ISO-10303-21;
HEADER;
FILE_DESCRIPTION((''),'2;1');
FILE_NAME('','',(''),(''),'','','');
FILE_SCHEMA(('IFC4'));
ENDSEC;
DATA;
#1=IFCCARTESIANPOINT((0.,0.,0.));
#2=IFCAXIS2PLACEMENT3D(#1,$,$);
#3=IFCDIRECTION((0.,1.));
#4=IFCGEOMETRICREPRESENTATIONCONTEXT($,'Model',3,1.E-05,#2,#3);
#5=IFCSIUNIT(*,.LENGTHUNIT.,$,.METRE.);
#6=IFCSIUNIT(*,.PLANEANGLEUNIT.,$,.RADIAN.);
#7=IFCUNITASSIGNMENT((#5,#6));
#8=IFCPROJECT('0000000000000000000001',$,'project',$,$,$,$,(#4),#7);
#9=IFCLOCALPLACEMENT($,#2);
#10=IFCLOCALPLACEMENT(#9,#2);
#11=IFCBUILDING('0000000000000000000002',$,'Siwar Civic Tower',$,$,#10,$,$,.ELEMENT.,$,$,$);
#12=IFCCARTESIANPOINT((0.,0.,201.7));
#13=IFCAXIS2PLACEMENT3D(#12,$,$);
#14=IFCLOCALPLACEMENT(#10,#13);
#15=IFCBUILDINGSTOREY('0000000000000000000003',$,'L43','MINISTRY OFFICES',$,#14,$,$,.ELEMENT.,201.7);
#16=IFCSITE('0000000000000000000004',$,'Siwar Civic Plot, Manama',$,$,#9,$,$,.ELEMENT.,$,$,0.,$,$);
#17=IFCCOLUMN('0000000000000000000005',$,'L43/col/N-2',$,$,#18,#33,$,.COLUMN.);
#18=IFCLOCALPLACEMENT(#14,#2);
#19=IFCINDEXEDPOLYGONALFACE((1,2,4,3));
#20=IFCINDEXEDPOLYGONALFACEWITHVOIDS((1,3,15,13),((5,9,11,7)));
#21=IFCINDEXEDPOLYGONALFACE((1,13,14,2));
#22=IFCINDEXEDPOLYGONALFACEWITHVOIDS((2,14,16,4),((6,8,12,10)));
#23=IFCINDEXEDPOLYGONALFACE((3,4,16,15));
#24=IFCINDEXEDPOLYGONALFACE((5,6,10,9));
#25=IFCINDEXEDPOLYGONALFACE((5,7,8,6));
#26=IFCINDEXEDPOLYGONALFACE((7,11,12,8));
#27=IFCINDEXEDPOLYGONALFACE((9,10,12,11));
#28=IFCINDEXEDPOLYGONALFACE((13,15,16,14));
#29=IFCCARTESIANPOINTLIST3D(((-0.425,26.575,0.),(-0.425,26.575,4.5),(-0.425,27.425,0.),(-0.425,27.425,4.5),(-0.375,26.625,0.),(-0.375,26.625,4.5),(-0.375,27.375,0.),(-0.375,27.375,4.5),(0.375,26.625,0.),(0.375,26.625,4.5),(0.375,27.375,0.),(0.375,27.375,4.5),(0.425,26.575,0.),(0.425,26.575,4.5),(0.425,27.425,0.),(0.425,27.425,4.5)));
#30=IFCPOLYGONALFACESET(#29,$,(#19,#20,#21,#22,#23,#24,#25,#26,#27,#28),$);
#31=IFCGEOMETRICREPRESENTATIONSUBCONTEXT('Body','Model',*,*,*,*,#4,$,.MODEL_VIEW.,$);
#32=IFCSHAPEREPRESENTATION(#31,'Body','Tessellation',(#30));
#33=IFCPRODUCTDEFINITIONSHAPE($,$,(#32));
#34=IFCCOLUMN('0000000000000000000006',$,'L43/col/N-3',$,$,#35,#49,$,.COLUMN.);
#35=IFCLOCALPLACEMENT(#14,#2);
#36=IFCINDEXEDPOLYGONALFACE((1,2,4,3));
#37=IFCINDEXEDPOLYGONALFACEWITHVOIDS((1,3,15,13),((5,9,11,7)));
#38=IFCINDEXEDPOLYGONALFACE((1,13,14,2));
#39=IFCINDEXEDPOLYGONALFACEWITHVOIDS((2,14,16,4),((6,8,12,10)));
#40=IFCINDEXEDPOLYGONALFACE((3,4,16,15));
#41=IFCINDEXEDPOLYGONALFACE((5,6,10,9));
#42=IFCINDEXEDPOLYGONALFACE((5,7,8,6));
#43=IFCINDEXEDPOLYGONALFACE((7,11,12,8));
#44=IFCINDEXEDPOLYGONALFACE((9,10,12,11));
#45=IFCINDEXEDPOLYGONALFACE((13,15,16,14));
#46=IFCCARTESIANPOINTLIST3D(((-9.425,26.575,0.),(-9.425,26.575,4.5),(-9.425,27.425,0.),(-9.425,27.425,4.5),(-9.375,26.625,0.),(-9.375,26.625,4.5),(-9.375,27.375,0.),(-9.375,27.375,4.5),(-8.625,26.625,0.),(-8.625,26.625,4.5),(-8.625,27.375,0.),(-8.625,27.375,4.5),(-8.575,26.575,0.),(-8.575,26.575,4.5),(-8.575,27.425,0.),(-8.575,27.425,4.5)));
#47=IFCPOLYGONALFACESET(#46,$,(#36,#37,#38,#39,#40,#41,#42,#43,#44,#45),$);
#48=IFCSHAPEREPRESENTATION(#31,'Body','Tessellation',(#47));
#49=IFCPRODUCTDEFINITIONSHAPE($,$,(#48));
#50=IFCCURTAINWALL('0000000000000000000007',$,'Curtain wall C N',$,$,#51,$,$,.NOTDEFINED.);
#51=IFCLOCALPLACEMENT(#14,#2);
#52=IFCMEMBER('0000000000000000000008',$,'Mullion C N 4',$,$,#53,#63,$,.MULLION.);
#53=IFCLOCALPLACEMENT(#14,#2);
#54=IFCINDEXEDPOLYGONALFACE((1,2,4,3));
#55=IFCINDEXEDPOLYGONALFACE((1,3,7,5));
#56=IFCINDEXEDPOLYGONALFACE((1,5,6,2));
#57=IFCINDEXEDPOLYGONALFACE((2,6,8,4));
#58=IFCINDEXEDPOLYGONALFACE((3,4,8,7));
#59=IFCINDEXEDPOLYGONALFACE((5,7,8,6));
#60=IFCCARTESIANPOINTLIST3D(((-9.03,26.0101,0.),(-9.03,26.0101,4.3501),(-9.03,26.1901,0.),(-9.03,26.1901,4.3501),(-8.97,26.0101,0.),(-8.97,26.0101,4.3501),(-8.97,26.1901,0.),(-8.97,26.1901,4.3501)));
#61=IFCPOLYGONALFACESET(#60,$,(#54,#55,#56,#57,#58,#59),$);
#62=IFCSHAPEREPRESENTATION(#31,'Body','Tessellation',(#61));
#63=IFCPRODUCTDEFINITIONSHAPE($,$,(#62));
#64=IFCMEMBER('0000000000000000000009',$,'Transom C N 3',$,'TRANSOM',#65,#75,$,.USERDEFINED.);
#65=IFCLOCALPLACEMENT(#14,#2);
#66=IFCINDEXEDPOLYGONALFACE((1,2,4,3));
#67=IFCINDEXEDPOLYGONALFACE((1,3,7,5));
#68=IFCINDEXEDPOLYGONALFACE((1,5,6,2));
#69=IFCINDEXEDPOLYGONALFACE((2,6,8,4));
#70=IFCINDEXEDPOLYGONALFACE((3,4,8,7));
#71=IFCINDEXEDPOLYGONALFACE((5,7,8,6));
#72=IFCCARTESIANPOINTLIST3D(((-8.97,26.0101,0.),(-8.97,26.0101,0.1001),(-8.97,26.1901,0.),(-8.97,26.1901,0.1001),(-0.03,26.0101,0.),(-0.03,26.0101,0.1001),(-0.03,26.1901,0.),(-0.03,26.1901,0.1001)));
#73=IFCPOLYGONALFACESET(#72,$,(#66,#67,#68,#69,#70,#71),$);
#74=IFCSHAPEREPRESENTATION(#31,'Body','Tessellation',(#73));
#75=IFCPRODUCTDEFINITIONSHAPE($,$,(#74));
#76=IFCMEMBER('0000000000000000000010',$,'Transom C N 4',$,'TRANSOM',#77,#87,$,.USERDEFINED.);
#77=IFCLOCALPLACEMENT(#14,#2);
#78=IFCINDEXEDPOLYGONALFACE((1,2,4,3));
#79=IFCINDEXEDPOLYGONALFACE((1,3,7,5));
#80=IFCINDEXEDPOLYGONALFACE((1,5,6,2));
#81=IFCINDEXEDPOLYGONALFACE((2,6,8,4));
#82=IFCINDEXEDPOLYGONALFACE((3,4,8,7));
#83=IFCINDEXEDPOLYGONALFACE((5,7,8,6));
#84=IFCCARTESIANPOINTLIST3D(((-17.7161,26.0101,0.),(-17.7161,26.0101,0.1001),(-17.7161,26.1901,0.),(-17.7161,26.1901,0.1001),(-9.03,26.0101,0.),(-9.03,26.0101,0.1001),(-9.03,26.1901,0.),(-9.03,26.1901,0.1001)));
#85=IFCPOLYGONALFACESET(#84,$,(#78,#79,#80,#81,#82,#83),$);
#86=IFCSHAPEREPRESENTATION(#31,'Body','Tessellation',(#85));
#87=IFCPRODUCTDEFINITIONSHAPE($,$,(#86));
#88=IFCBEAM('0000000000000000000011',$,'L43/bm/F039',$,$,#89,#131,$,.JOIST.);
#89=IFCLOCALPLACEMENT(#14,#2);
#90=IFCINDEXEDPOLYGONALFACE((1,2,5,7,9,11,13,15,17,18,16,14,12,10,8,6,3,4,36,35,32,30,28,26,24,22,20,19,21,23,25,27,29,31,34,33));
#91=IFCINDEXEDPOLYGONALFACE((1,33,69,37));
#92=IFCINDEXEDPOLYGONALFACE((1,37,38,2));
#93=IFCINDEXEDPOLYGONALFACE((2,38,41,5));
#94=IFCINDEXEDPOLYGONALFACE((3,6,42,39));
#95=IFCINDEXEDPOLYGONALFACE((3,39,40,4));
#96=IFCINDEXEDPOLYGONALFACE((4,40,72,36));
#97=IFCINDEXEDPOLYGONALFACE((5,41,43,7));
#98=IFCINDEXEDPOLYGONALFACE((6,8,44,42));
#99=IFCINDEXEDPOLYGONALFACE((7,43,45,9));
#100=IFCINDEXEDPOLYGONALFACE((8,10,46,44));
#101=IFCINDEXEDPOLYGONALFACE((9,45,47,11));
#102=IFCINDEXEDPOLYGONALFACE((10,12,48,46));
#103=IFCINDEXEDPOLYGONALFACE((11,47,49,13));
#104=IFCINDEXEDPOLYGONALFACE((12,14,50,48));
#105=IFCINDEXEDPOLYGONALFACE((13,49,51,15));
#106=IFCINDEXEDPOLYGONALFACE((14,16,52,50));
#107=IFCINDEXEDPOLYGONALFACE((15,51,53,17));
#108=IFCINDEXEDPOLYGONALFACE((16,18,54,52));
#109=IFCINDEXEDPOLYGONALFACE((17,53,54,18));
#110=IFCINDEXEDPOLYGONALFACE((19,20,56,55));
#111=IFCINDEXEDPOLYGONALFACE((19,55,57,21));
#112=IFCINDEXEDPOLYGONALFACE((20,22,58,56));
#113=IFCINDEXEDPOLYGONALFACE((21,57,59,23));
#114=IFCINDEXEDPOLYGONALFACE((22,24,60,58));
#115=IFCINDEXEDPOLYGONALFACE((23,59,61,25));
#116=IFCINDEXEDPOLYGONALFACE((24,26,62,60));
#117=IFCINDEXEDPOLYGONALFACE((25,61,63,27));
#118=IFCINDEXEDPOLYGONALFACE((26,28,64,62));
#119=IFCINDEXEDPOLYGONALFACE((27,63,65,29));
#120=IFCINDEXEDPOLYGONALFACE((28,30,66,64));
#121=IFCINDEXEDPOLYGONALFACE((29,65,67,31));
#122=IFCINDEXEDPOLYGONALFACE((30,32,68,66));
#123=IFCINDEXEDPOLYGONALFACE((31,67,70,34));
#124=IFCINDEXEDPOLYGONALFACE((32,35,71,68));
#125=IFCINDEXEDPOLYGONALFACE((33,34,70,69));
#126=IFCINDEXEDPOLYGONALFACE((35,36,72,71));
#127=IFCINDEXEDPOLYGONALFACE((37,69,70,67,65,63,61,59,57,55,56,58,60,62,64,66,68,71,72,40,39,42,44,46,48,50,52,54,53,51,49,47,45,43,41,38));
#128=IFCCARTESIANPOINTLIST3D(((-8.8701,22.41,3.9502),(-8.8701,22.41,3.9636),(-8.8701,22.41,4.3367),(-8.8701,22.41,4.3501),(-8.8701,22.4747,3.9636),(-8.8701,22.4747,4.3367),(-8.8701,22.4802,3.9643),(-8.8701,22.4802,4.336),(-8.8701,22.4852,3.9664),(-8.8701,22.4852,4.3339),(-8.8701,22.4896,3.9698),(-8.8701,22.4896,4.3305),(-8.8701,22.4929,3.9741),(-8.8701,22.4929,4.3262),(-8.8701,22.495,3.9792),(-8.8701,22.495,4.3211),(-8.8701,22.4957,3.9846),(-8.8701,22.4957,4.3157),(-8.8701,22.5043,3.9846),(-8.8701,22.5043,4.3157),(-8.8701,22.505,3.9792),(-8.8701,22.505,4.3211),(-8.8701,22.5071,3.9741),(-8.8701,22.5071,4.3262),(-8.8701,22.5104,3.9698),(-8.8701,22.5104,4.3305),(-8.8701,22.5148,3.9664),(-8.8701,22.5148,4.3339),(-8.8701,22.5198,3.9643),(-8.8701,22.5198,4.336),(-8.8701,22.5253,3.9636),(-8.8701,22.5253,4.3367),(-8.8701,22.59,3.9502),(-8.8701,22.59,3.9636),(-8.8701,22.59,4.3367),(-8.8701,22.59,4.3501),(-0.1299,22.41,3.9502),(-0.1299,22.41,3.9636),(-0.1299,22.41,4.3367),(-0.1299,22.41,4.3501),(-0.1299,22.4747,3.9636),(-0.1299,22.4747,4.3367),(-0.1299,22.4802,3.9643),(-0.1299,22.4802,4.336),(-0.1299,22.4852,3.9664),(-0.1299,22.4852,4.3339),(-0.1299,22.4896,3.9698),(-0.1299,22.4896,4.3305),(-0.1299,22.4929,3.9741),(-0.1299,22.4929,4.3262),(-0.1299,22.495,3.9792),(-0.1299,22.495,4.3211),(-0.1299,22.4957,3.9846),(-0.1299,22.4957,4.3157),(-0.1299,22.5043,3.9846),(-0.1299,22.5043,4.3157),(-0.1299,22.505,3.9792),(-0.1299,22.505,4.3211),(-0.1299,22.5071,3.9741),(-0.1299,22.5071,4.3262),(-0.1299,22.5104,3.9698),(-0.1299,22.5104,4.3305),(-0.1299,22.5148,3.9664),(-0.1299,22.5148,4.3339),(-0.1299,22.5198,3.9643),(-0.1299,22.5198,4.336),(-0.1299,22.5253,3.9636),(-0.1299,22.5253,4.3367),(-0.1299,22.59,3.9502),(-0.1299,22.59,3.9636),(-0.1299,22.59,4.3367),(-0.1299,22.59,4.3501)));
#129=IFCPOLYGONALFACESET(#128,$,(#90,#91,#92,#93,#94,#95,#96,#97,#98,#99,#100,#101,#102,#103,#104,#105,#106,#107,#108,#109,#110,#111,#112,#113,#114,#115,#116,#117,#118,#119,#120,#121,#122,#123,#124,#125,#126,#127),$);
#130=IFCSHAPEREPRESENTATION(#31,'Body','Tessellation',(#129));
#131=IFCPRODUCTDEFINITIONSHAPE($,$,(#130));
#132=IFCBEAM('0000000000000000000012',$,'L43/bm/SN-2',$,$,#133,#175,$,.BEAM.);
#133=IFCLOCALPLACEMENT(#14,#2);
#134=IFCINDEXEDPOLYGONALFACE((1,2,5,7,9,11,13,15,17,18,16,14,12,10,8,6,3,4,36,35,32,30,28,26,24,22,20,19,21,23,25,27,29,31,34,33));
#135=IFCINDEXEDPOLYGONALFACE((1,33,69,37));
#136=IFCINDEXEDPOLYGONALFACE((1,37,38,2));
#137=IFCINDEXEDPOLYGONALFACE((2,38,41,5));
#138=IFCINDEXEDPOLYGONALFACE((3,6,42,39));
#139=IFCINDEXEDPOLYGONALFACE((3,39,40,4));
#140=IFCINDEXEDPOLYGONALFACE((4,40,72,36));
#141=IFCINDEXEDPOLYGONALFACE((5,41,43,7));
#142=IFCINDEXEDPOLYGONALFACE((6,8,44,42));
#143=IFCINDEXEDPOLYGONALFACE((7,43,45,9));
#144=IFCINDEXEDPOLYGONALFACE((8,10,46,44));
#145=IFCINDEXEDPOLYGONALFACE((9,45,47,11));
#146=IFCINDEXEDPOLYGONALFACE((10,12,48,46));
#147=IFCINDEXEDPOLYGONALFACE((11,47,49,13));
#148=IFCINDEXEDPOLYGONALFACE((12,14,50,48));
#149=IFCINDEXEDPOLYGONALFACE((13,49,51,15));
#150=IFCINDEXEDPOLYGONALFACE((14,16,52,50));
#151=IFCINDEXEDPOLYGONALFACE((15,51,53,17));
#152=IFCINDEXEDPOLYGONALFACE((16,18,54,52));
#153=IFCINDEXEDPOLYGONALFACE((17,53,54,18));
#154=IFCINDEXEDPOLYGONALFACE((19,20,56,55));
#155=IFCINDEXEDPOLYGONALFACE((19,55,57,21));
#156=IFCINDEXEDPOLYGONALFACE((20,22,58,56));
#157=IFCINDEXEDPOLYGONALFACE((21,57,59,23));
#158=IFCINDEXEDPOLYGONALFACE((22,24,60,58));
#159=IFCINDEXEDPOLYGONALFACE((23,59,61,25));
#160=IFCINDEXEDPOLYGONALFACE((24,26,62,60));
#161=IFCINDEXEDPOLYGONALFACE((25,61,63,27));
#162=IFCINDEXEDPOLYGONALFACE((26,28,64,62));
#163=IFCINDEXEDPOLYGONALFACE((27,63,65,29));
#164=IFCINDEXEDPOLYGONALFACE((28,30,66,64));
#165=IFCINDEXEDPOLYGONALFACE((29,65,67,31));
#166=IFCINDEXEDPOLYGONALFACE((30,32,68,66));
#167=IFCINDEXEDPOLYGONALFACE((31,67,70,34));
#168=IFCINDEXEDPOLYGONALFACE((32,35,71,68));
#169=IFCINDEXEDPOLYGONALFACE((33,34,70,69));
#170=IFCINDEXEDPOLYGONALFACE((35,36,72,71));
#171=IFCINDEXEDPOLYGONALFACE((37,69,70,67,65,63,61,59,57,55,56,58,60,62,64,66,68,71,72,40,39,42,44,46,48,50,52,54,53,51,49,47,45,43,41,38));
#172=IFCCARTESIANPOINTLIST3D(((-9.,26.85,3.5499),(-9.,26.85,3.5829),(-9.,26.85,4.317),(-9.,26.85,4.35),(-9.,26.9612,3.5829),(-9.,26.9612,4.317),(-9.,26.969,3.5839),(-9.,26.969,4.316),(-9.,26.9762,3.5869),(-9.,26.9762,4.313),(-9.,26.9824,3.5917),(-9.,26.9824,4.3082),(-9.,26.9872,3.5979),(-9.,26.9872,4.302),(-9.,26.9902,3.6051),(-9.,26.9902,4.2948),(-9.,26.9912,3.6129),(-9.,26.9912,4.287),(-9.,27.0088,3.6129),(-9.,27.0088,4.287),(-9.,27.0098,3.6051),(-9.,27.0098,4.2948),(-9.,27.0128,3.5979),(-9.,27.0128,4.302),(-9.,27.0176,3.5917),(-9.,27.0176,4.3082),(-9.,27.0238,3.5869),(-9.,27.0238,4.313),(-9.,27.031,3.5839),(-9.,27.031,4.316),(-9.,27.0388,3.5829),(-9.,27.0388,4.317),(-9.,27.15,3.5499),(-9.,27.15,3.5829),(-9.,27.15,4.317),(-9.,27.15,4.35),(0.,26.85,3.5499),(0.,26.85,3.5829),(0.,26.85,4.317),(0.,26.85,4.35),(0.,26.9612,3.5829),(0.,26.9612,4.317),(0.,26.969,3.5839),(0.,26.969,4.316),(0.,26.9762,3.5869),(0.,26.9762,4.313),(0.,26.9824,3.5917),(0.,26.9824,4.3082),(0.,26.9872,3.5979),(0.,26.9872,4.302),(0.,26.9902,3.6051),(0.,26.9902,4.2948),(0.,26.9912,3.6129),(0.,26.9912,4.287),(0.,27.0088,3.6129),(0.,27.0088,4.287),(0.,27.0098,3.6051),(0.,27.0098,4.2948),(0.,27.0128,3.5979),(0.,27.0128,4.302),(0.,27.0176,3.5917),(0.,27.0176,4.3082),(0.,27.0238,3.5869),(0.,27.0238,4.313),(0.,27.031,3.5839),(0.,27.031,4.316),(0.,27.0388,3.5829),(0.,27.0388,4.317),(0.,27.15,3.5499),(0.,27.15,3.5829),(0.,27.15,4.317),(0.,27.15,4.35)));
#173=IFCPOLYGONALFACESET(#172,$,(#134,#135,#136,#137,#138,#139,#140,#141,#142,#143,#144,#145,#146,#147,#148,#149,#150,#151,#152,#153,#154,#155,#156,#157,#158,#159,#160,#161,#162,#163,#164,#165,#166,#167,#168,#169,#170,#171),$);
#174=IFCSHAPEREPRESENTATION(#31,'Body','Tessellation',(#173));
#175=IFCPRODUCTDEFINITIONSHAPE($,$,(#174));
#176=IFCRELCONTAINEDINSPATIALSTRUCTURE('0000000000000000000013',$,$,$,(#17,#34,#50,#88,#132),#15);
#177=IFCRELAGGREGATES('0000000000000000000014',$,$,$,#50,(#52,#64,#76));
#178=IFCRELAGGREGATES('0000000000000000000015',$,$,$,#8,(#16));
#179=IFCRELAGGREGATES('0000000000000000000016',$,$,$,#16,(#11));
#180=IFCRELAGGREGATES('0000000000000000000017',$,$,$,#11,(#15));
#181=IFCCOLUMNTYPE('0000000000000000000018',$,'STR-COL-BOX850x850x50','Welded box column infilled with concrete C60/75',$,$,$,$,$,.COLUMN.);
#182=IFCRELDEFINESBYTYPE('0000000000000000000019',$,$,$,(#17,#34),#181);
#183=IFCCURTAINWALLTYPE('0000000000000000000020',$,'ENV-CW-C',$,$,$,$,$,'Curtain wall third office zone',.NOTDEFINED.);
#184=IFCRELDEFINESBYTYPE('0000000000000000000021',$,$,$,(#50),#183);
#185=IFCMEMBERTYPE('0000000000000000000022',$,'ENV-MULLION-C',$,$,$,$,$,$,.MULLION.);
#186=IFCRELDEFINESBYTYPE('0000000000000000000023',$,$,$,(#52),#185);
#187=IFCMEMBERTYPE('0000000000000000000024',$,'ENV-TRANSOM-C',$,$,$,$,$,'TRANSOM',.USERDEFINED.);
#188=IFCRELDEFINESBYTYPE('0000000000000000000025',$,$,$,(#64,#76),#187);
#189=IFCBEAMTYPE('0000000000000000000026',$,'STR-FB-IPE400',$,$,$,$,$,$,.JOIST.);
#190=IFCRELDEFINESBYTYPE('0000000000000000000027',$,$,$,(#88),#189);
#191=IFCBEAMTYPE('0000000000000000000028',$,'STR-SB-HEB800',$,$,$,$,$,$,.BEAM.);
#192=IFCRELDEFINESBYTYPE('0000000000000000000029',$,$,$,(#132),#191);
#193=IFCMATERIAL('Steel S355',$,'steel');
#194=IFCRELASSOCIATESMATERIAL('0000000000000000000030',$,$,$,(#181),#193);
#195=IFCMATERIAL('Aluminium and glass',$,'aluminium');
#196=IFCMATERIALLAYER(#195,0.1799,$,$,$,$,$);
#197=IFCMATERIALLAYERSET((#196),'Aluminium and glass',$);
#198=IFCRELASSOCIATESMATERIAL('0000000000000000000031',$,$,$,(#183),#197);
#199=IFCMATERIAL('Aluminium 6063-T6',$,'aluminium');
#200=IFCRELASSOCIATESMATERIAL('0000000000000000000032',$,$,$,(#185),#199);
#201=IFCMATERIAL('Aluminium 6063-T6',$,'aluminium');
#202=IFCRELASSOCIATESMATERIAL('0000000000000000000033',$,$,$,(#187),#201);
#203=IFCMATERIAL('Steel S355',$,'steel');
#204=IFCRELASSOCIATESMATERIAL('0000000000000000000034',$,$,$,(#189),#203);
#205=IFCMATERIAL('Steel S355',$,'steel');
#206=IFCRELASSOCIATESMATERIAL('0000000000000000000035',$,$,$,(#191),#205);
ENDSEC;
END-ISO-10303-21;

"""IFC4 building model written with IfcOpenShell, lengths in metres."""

from ifc_helpers import new_model, si_unit, direction, frame, origin, origin_2d, place, context, subcontext, project, spatial, rectangle, hollow_rectangle, i_section, extrude, material, layer, layer_set, material_profile, profile_set, type_object, element, aggregate, save


model = new_model("IFC4")

# Units and contexts
model_context = context("Model", 3, precision=1e-05, world=origin(), true_north=direction((0.0, 1.0)))
body_context = subcontext(model_context, "Body", "Model", "MODEL_VIEW")
ifc_project = project(units=[si_unit("LENGTHUNIT", "METRE"), si_unit("PLANEANGLEUNIT", "RADIAN")], contexts=[model_context])

# Site, building, storey
site_placement = place(None, origin())
site = spatial("IfcSite", under=ifc_project, at=site_placement, Name="Siwar Civic Plot, Manama", CompositionType="ELEMENT", RefElevation=0.0)
building_placement = place(site_placement, origin())
building = spatial("IfcBuilding", under=site, at=building_placement, Name="Siwar Civic Tower", CompositionType="ELEMENT")
storey_placement = place(building_placement, frame((0.0, 0.0, 201.7)))
storey = spatial("IfcBuildingStorey", under=building, at=storey_placement, Name="L43", Description="MINISTRY OFFICES", CompositionType="ELEMENT", Elevation=201.7)

# Columns
ifc_material_1 = material(Name="Steel S355", Category="steel")
ifc_material_profile_1 = material_profile(ifc_material_1, hollow_rectangle(XDim=0.8501, YDim=0.8501, WallThickness=0.05, at=origin_2d()), Name="BOX850x850x50")
ifc_profile_set_1 = profile_set([ifc_material_profile_1], Name="Steel S355")
column_type = type_object("IfcColumnType", Name="STR-COL-BOX850x850x50", Description="Welded box column infilled with concrete C60/75", PredefinedType="COLUMN", material=ifc_profile_set_1)
for number, where, z_axis, x_axis, name in (
    (1, (0.0, 27.0, 0.0), (0.0, 0.0, 1.0), (1.0, 0.0, 0.0), "L43/col/N-2"),
    (2, (-9.0, 27.0, 0.0), (0.0, 0.0, 1.0), (1.0, 0.0, 0.0), "L43/col/N-3"),
):
    element("IfcColumn", number, at=place(storey_placement, frame(where, z_axis=z_axis, x_axis=x_axis)), inside=storey, type_object=column_type, Name=name, PredefinedType="COLUMN", context=body_context, shape_type="SweptSolid", body=[
        extrude(hollow_rectangle(XDim=0.8501, YDim=0.8501, WallThickness=0.05, at=origin_2d()), origin(), (0.0, 0.0, 1.0), 4.5),
    ])

# Curtain wall, members
ifc_material_2 = material(Name="Aluminium and glass", Category="aluminium")
ifc_layer_1 = layer(ifc_material_2, 0.1799)
ifc_layer_set_1 = layer_set([ifc_layer_1], Name="Aluminium and glass")
curtain_wall_type = type_object("IfcCurtainWallType", Name="ENV-CW-C", ElementType="Curtain wall third office zone", PredefinedType="NOTDEFINED", material=ifc_layer_set_1)
curtain_wall_placement = place(storey_placement, origin())
curtain_wall = element("IfcCurtainWall", 3, at=curtain_wall_placement, inside=storey, type_object=curtain_wall_type, Name="Curtain wall C N", PredefinedType="NOTDEFINED")
ifc_material_3 = material(Name="Aluminium 6063-T6", Category="aluminium")
ifc_material_profile_2 = material_profile(ifc_material_3, rectangle(XDim=0.1799, YDim=0.0601, at=origin_2d()), Name="AL 180x60")
ifc_profile_set_2 = profile_set([ifc_material_profile_2], Name="Aluminium 6063-T6")
member_type_1 = type_object("IfcMemberType", Name="ENV-MULLION-C", PredefinedType="MULLION", material=ifc_profile_set_2)
member_1_placement = place(storey_placement, frame((-9.0, 26.1001, 0.0), z_axis=(0.0, 0.0, 1.0), x_axis=(0.0, -1.0, 0.0)))
member_1 = element("IfcMember", 4, at=member_1_placement, type_object=member_type_1, Name="Mullion C N 4", PredefinedType="MULLION", context=body_context, shape_type="SweptSolid", body=[
    extrude(rectangle(XDim=0.1799, YDim=0.0601, at=origin_2d()), origin(), (0.0, 0.0, 1.0), 4.3501),
])
ifc_material_4 = material(Name="Aluminium 6063-T6", Category="aluminium")
ifc_material_profile_3 = material_profile(ifc_material_4, rectangle(XDim=0.1799, YDim=0.1001, at=origin_2d()), Name="AL 180x100")
ifc_profile_set_3 = profile_set([ifc_material_profile_3], Name="Aluminium 6063-T6")
member_type_2 = type_object("IfcMemberType", Name="ENV-TRANSOM-C", ElementType="TRANSOM", PredefinedType="USERDEFINED", material=ifc_profile_set_3)
member_2_placement = place(storey_placement, frame((-0.03, 26.1001, 0.05), z_axis=(-1.0, 0.0, 0.0), x_axis=(0.0, -1.0, 0.0)))
member_2 = element("IfcMember", 5, at=member_2_placement, type_object=member_type_2, Name="Transom C N 3", ObjectType="TRANSOM", PredefinedType="USERDEFINED", context=body_context, shape_type="SweptSolid", body=[
    extrude(rectangle(XDim=0.1799, YDim=0.1001, at=origin_2d()), origin(), (0.0, 0.0, 1.0), 8.9399),
])
member_3_placement = place(storey_placement, frame((-9.03, 26.1001, 0.05), z_axis=(-1.0, 0.0, 0.0), x_axis=(0.0, -1.0, 0.0)))
member_3 = element("IfcMember", 6, at=member_3_placement, type_object=member_type_2, Name="Transom C N 4", ObjectType="TRANSOM", PredefinedType="USERDEFINED", context=body_context, shape_type="SweptSolid", body=[
    extrude(rectangle(XDim=0.1799, YDim=0.1001, at=origin_2d()), origin(), (0.0, 0.0, 1.0), 8.686),
])

# Beams
ifc_material_5 = material(Name="Steel S355", Category="steel")
ifc_material_profile_4 = material_profile(ifc_material_5, i_section(OverallWidth=0.1799, OverallDepth=0.3999, WebThickness=0.0085, FlangeThickness=0.0134, FilletRadius=0.021, at=origin_2d()), Name="IPE400")
ifc_profile_set_4 = profile_set([ifc_material_profile_4], Name="Steel S355")
beam_type_1 = type_object("IfcBeamType", Name="STR-FB-IPE400", PredefinedType="JOIST", material=ifc_profile_set_4)
beam_placement = place(storey_placement, frame((-8.8701, 22.5, 4.1501), z_axis=(1.0, 0.0, 0.0), x_axis=(0.0, 1.0, 0.0)))
element("IfcBeam", 7, at=beam_placement, inside=storey, type_object=beam_type_1, Name="L43/bm/F039", PredefinedType="JOIST", context=body_context, shape_type="SweptSolid", body=[
    extrude(i_section(OverallWidth=0.1799, OverallDepth=0.3999, WebThickness=0.0085, FlangeThickness=0.0134, FilletRadius=0.021, at=origin_2d()), origin(), (0.0, 0.0, 1.0), 8.7402),
])
ifc_material_6 = material(Name="Steel S355", Category="steel")
ifc_material_profile_5 = material_profile(ifc_material_6, i_section(OverallWidth=0.3, OverallDepth=0.8, WebThickness=0.0176, FlangeThickness=0.033, FilletRadius=0.03, at=origin_2d()), Name="HEB800")
ifc_profile_set_5 = profile_set([ifc_material_profile_5], Name="Steel S355")
beam_type_2 = type_object("IfcBeamType", Name="STR-SB-HEB800", PredefinedType="BEAM", material=ifc_profile_set_5)
for number, where, z_axis, x_axis, name in (
    (8, (0.0, 27.0, 3.95), (-1.0, 0.0, 0.0), (0.0, -1.0, 0.0), "L43/bm/SN-2"),
):
    element("IfcBeam", number, at=place(storey_placement, frame(where, z_axis=z_axis, x_axis=x_axis)), inside=storey, type_object=beam_type_2, Name=name, PredefinedType="BEAM", context=body_context, shape_type="SweptSolid", body=[
        extrude(i_section(OverallWidth=0.3, OverallDepth=0.8, WebThickness=0.0176, FlangeThickness=0.033, FilletRadius=0.03, at=origin_2d()), origin(), (0.0, 0.0, 1.0), 9.0),
    ])

aggregate(curtain_wall, [member_1, member_2, member_3])

save(model, "model.ifc")
